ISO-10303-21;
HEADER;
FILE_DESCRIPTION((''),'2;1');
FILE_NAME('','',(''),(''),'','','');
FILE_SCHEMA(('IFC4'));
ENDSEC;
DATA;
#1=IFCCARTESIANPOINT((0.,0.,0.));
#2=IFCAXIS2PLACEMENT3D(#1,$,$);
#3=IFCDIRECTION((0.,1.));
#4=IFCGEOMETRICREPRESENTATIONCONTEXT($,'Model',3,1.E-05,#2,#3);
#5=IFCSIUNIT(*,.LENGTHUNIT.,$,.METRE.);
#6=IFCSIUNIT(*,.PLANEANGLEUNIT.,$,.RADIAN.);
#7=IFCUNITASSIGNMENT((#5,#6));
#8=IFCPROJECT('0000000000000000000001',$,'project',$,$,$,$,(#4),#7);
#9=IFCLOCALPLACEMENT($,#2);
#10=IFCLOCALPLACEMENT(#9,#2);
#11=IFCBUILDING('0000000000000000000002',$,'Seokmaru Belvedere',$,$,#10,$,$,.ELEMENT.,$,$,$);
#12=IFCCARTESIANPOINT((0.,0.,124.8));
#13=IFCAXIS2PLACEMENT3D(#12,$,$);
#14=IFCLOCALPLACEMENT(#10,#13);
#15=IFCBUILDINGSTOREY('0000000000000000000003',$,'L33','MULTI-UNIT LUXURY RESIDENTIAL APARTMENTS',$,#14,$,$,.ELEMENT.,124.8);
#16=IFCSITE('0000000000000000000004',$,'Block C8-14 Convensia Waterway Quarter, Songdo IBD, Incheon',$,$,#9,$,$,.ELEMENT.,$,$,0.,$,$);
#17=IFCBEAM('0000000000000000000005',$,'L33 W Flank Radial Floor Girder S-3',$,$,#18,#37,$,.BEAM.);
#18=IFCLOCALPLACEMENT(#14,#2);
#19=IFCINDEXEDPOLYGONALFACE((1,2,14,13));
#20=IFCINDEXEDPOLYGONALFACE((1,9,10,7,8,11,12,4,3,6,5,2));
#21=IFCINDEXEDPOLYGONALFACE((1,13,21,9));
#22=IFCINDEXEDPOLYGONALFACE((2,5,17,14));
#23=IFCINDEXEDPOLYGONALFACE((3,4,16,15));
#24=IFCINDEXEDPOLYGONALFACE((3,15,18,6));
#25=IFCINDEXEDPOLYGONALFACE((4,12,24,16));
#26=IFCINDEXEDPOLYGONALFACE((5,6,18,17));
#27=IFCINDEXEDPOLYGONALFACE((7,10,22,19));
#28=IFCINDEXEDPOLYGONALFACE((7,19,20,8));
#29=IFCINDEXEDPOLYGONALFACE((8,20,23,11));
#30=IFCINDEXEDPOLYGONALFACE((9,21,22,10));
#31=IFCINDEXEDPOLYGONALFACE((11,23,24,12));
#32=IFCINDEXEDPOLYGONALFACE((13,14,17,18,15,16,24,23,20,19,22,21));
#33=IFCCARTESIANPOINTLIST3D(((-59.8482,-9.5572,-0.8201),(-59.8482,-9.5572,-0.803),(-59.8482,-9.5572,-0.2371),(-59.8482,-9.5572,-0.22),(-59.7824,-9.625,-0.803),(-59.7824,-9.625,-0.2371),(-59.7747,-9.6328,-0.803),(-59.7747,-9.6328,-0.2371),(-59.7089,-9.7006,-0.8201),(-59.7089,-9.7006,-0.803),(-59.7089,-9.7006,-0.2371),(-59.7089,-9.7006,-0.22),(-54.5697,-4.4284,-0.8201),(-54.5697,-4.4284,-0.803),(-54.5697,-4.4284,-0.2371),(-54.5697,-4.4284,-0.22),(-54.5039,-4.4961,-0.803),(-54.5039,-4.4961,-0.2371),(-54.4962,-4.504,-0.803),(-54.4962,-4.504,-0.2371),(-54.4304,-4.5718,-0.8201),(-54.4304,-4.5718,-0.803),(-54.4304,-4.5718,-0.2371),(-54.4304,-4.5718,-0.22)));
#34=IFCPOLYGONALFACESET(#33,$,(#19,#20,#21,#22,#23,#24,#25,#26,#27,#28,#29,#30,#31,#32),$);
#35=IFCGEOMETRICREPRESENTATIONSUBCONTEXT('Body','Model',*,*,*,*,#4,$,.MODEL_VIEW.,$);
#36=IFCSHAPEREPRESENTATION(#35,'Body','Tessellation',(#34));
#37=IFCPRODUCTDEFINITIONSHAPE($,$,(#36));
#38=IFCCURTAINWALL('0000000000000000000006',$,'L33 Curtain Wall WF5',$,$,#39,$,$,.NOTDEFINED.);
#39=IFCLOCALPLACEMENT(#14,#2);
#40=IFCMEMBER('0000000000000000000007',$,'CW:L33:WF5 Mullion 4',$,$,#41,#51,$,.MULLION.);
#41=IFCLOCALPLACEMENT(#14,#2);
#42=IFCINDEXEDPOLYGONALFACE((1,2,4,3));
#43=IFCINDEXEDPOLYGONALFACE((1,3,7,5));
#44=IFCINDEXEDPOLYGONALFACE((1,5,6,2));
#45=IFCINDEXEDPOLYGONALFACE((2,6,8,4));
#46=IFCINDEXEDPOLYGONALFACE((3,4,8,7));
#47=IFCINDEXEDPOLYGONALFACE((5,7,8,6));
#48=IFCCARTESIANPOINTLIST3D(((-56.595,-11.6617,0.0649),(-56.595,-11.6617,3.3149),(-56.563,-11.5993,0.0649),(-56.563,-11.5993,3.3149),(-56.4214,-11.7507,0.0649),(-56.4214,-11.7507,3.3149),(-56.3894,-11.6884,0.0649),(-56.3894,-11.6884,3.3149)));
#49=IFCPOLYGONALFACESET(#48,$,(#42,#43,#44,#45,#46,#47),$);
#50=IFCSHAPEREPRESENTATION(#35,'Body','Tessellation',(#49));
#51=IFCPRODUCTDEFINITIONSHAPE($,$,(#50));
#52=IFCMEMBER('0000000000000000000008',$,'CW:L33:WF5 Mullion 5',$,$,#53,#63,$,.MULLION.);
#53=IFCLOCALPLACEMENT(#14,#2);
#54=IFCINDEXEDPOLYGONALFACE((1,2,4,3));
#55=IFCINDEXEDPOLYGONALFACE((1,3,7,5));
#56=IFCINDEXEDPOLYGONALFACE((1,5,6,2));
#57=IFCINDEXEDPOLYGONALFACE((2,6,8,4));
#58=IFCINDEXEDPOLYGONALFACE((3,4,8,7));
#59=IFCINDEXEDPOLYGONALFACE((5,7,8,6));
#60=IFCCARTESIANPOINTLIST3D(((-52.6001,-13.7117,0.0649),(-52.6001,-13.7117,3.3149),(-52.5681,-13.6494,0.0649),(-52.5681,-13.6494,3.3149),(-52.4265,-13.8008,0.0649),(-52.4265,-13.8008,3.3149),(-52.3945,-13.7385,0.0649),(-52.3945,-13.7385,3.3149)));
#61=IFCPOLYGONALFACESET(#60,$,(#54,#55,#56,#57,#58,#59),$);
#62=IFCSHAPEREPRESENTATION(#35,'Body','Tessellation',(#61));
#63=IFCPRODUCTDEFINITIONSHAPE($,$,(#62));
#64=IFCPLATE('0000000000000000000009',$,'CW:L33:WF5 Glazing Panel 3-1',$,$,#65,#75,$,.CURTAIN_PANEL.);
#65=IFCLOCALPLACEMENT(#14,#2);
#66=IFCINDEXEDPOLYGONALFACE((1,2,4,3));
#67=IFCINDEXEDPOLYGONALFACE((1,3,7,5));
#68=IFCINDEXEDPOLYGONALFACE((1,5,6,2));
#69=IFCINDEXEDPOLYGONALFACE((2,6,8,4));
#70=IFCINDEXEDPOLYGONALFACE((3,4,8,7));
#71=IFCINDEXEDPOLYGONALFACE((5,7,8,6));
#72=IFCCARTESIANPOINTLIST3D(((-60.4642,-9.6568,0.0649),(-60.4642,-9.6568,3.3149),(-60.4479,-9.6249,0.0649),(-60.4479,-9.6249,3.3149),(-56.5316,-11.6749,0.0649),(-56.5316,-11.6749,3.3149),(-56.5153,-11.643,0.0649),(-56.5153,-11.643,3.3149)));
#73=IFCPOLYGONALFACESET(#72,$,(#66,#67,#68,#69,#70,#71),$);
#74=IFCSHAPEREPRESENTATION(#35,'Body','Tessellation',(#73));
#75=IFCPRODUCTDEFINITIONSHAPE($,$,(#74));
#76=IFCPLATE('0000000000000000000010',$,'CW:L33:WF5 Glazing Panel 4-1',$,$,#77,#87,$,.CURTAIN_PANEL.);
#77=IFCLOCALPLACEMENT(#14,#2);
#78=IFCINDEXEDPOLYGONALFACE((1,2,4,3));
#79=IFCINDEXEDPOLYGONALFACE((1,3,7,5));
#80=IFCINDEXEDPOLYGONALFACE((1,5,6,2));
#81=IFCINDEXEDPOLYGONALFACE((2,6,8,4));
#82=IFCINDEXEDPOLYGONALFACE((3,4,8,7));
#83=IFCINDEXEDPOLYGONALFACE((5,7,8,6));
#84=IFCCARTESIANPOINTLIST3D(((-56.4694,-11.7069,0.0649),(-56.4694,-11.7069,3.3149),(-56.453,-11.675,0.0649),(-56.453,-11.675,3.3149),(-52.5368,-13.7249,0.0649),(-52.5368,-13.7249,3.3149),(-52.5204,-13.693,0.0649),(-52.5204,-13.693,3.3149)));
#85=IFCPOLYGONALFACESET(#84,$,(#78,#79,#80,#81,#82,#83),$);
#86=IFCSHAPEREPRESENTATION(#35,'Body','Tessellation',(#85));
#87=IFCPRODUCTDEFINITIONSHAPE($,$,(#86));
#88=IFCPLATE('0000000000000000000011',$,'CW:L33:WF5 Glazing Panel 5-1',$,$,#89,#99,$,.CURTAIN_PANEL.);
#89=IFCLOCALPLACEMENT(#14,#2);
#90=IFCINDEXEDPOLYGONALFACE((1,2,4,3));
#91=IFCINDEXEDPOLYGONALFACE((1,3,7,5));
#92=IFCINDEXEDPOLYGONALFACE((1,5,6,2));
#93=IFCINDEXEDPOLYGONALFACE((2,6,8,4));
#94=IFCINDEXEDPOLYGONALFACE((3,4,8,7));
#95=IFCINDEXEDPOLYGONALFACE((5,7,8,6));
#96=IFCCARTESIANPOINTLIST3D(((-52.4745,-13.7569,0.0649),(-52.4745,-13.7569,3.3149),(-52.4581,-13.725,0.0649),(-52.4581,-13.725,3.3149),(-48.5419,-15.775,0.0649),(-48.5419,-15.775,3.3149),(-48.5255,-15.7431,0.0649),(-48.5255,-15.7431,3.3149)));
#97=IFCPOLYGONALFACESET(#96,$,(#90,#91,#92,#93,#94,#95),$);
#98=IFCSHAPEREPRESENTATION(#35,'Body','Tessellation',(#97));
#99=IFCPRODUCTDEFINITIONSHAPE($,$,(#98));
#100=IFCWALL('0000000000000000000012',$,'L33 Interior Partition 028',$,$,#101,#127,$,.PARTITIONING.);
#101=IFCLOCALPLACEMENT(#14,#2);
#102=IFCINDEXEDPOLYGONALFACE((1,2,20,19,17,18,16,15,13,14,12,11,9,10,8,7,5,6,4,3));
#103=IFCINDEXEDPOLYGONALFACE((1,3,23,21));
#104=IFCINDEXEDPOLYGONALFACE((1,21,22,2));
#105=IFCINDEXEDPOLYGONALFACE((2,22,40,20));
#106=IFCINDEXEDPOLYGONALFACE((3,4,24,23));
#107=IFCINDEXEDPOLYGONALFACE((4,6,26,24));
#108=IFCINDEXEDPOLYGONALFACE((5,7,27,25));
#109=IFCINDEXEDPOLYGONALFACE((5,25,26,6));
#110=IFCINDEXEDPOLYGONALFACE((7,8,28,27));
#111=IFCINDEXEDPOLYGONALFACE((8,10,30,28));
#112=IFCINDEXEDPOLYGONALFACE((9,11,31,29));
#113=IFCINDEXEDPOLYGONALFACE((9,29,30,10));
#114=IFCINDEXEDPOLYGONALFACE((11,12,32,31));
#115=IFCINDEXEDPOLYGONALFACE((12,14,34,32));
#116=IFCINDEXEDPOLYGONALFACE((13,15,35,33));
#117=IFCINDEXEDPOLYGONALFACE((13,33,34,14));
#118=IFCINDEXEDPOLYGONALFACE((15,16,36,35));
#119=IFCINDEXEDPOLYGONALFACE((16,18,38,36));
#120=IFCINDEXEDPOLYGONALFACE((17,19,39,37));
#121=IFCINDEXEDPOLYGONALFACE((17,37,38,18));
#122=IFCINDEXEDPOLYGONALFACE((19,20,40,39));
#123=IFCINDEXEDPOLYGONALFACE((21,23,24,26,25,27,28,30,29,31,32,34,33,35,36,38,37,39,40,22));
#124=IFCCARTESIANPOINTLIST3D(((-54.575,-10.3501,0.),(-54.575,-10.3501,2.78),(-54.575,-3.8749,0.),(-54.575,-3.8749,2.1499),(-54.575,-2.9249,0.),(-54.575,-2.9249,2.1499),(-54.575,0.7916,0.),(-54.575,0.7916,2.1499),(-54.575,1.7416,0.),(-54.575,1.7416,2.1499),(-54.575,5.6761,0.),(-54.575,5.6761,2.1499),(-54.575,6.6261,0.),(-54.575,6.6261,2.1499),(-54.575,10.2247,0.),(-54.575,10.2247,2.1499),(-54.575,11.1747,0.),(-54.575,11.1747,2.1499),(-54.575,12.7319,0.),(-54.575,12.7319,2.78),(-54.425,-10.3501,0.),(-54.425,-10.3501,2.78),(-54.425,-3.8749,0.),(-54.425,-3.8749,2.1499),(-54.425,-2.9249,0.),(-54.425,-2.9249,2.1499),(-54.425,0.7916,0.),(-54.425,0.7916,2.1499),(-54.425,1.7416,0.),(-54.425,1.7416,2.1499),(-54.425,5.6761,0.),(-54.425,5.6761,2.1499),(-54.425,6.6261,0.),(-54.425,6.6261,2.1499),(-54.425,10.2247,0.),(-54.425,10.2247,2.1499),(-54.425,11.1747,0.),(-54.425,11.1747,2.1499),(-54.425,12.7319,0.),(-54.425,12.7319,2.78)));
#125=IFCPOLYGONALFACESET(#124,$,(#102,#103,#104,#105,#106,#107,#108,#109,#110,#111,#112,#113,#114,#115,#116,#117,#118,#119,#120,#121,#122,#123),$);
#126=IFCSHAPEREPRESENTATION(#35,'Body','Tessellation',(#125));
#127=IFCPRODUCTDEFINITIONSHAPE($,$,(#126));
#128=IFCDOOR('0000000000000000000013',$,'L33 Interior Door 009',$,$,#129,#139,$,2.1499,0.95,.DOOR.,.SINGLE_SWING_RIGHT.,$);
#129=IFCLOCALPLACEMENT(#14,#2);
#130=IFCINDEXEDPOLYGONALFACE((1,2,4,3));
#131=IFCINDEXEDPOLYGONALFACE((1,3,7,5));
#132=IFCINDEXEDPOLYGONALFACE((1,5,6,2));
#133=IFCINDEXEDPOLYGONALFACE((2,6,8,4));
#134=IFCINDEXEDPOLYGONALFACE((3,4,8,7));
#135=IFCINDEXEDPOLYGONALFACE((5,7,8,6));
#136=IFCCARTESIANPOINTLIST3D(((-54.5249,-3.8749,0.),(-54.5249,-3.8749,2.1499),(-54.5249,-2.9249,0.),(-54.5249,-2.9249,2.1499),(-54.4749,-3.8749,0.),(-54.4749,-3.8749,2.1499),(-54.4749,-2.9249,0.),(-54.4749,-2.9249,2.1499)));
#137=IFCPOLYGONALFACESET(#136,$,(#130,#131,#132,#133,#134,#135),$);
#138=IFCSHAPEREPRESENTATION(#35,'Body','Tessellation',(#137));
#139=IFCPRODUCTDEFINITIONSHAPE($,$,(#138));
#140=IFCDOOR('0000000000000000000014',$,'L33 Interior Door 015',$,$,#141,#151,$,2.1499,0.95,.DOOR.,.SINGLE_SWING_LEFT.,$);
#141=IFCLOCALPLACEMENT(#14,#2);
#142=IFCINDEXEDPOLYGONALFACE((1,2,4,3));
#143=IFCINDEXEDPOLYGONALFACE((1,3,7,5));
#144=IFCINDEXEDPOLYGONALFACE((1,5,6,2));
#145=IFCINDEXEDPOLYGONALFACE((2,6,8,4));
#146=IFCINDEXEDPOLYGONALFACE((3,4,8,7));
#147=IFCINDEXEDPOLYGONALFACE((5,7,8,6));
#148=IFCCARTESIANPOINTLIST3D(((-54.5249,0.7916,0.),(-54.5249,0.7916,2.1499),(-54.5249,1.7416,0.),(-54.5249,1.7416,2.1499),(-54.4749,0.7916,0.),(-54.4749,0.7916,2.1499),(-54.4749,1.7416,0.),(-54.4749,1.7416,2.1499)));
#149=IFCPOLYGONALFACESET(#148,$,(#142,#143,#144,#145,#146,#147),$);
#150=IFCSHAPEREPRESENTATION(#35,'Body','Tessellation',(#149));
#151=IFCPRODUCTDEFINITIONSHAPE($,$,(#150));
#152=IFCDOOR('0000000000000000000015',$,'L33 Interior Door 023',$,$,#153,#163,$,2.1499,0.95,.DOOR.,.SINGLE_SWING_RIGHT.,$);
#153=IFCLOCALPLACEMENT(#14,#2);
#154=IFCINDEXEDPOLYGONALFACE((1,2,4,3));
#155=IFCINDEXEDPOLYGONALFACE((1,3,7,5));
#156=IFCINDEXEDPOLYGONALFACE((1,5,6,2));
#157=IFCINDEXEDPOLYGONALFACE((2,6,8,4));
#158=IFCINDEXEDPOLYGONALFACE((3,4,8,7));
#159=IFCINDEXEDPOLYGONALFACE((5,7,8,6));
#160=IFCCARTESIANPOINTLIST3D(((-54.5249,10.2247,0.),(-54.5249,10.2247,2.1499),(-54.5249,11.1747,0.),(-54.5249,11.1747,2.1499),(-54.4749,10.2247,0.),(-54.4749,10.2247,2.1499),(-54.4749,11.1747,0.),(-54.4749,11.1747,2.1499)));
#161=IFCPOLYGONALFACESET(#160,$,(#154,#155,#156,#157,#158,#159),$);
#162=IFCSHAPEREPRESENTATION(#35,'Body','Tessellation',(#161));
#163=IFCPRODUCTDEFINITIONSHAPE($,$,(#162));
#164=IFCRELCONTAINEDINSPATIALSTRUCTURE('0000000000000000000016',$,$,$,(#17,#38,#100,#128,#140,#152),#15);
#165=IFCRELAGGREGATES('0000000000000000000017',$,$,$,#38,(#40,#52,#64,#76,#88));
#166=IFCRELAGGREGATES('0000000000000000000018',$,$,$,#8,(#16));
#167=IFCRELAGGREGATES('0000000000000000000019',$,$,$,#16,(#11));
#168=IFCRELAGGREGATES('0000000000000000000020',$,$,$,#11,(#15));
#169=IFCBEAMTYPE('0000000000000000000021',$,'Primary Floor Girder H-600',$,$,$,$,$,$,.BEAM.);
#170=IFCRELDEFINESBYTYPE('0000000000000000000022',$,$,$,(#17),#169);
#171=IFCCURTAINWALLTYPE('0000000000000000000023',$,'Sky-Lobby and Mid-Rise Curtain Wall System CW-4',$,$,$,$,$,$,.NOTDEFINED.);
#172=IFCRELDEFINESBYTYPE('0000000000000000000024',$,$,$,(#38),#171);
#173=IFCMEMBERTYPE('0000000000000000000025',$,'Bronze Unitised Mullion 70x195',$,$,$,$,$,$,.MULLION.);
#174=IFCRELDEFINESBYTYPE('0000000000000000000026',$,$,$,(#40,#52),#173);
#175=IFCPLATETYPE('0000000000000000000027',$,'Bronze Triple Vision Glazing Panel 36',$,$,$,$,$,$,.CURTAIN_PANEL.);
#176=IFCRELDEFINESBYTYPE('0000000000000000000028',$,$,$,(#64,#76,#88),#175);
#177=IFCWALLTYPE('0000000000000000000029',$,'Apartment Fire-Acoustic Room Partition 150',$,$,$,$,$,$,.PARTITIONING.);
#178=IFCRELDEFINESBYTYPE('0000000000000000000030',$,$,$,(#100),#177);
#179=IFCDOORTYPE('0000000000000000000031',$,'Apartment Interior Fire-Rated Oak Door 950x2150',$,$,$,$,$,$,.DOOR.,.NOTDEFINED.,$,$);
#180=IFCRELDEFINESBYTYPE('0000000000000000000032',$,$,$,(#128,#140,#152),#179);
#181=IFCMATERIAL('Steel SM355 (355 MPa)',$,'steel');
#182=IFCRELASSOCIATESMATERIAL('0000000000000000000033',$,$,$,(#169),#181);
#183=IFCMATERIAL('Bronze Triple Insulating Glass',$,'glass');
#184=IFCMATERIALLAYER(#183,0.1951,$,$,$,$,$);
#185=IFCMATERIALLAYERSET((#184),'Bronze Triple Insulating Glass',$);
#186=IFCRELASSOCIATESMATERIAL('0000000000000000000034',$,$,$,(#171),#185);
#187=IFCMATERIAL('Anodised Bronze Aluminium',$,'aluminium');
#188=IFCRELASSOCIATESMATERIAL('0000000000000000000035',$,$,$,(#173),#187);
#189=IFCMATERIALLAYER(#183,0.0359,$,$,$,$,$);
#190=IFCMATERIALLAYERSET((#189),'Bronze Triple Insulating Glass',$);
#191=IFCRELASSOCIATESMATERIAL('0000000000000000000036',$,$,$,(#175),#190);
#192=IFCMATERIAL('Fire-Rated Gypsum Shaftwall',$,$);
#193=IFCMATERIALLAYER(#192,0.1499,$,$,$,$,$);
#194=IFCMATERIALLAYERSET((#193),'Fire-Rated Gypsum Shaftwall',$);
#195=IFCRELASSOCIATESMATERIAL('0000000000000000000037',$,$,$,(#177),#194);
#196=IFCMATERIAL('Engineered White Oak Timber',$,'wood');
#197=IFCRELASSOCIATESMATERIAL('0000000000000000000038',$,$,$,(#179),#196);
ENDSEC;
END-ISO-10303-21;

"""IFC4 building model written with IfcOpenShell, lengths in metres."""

from ifc_helpers import new_model, si_unit, direction, frame, frame_2d, origin, origin_2d, place, context, subcontext, project, spatial, rectangle, i_section, extrude, source, transform, mapped, material, layer, layer_set, material_profile, profile_set, type_object, type_shapes, element, fill, aggregate, save


model = new_model("IFC4")

# Units and contexts
model_context = context("Model", 3, precision=1e-05, world=origin(), true_north=direction((0.0, 1.0)))
body_context = subcontext(model_context, "Body", "Model", "MODEL_VIEW")
ifc_project = project(units=[si_unit("LENGTHUNIT", "METRE"), si_unit("PLANEANGLEUNIT", "RADIAN")], contexts=[model_context])

# Site, building, storey
site_placement = place(None, origin())
site = spatial("IfcSite", under=ifc_project, at=site_placement, Name="Block C8-14 Convensia Waterway Quarter, Songdo IBD, Incheon", CompositionType="ELEMENT", RefElevation=0.0)
building_placement = place(site_placement, origin())
building = spatial("IfcBuilding", under=site, at=building_placement, Name="Seokmaru Belvedere", CompositionType="ELEMENT")
storey_placement = place(building_placement, frame((0.0, 0.0, 124.8)))
storey = spatial("IfcBuildingStorey", under=building, at=storey_placement, Name="L33", Description="MULTI-UNIT LUXURY RESIDENTIAL APARTMENTS", CompositionType="ELEMENT", Elevation=124.8)

# Shared definitions
ifc_material_1 = material(Name="Steel SM355 (355 MPa)", Category="steel")

# Beam
ifc_material_profile_1 = material_profile(ifc_material_1, i_section(OverallWidth=0.2, OverallDepth=0.6001, WebThickness=0.011, FlangeThickness=0.0171, at=origin_2d()), Name="H-600x200x11x17")
ifc_profile_set_1 = profile_set([ifc_material_profile_1], Name="Steel SM355 (355 MPa)")
beam_type_1 = type_object("IfcBeamType", Name="Primary Floor Girder H-600", PredefinedType="BEAM", material=ifc_profile_set_1)
shared_shape_1 = source(origin(), body_context, "Body", "SweptSolid", [
    extrude(i_section(OverallWidth=0.2, OverallDepth=0.6001, WebThickness=0.011, FlangeThickness=0.0171, at=origin_2d()), origin(), (0.0, 0.0, 1.0), 7.3599),
])
beam_1_placement = place(storey_placement, frame((-59.7786, -9.6289, -0.52), z_axis=(0.717201, 0.696867, 0.0), x_axis=(-0.696867, 0.717201, 0.0)))
element("IfcBeam", 1, at=beam_1_placement, inside=storey, type_object=beam_type_1, Name="L33 W Flank Radial Floor Girder S-3", PredefinedType="BEAM", context=body_context, shape_type="MappedRepresentation", body=[
    mapped(shared_shape_1, transform((0.0, 0.0, 0.0), scale=1.0)),
])

# Curtain wall, members, plates
ifc_material_2 = material(Name="Bronze Triple Insulating Glass", Category="glass")
ifc_layer_1 = layer(ifc_material_2, 0.1951)
ifc_layer_set_1 = layer_set([ifc_layer_1], Name="Bronze Triple Insulating Glass")
curtain_wall_type = type_object("IfcCurtainWallType", Name="Sky-Lobby and Mid-Rise Curtain Wall System CW-4", PredefinedType="NOTDEFINED", material=ifc_layer_set_1)
curtain_wall_placement = place(storey_placement, origin())
curtain_wall = element("IfcCurtainWall", 2, at=curtain_wall_placement, inside=storey, type_object=curtain_wall_type, Name="L33 Curtain Wall WF5", PredefinedType="NOTDEFINED")
ifc_material_3 = material(Name="Anodised Bronze Aluminium", Category="aluminium")
ifc_material_profile_2 = material_profile(ifc_material_3, rectangle(XDim=0.0701, YDim=0.1951, at=origin_2d()), Name="CW-M-70x195")
ifc_profile_set_2 = profile_set([ifc_material_profile_2], Name="Anodised Bronze Aluminium")
member_type = type_object("IfcMemberType", Name="Bronze Unitised Mullion 70x195", PredefinedType="MULLION", material=ifc_profile_set_2)
shared_shape_2 = source(origin(), body_context, "Body", "SweptSolid", [
    extrude(rectangle(XDim=0.0701, YDim=0.1951, at=origin_2d()), origin(), (0.0, 0.0, 1.0), 3.25),
])
type_shapes(member_type, [shared_shape_2])
member_1_placement = place(storey_placement, frame((-56.4922, -11.675, 0.0649), z_axis=(0.0, 0.0, 1.0), x_axis=(0.456555, 0.889695, 0.0)))
member_1 = element("IfcMember", 3, at=member_1_placement, type_object=member_type, Name="CW:L33:WF5 Mullion 4", PredefinedType="MULLION", context=body_context, shape_type="MappedRepresentation", body=[
    mapped(shared_shape_2, transform((0.0, 0.0, 0.0), scale=1.0)),
])
member_2_placement = place(storey_placement, frame((-52.4973, -13.7251, 0.0649), z_axis=(0.0, 0.0, 1.0), x_axis=(0.456555, 0.889695, 0.0)))
member_2 = element("IfcMember", 4, at=member_2_placement, type_object=member_type, Name="CW:L33:WF5 Mullion 5", PredefinedType="MULLION", context=body_context, shape_type="MappedRepresentation", body=[
    mapped(shared_shape_2, transform((0.0, 0.0, 0.0), scale=1.0)),
])
ifc_layer_2 = layer(ifc_material_2, 0.0359)
ifc_layer_set_2 = layer_set([ifc_layer_2], Name="Bronze Triple Insulating Glass")
plate_type = type_object("IfcPlateType", Name="Bronze Triple Vision Glazing Panel 36", PredefinedType="CURTAIN_PANEL", material=ifc_layer_set_2)
shared_shape_3 = source(origin(), body_context, "Body", "SweptSolid", [
    extrude(rectangle(XDim=4.4202, YDim=0.0359, at=origin_2d()), origin(), (0.0, 0.0, 1.0), 3.25),
])
type_shapes(plate_type, [shared_shape_3])
plate_1_placement = place(storey_placement, frame((-58.4897, -10.6499, 0.0649), z_axis=(0.0, 0.0, 1.0), x_axis=(0.889695, -0.456555, 0.0)))
plate_1 = element("IfcPlate", 5, at=plate_1_placement, type_object=plate_type, Name="CW:L33:WF5 Glazing Panel 3-1", PredefinedType="CURTAIN_PANEL", context=body_context, shape_type="MappedRepresentation", body=[
    mapped(shared_shape_3, transform((0.0, 0.0, 0.0), scale=1.0)),
])
plate_2_placement = place(storey_placement, frame((-54.4949, -12.7, 0.0649), z_axis=(0.0, 0.0, 1.0), x_axis=(0.889695, -0.456555, 0.0)))
plate_2 = element("IfcPlate", 6, at=plate_2_placement, type_object=plate_type, Name="CW:L33:WF5 Glazing Panel 4-1", PredefinedType="CURTAIN_PANEL", context=body_context, shape_type="MappedRepresentation", body=[
    mapped(shared_shape_3, transform((0.0, 0.0, 0.0), scale=1.0)),
])
plate_3_placement = place(storey_placement, frame((-50.5, -14.75, 0.0649), z_axis=(0.0, 0.0, 1.0), x_axis=(0.889695, -0.456555, 0.0)))
plate_3 = element("IfcPlate", 7, at=plate_3_placement, type_object=plate_type, Name="CW:L33:WF5 Glazing Panel 5-1", PredefinedType="CURTAIN_PANEL", context=body_context, shape_type="MappedRepresentation", body=[
    mapped(shared_shape_3, transform((0.0, 0.0, 0.0), scale=1.0)),
])
aggregate(curtain_wall, [member_1, member_2, plate_1, plate_2, plate_3])

# Wall, openings, doors
ifc_material_4 = material(Name="Fire-Rated Gypsum Shaftwall")
ifc_layer_3 = layer(ifc_material_4, 0.1499)
ifc_layer_set_3 = layer_set([ifc_layer_3], Name="Fire-Rated Gypsum Shaftwall")
wall_type_1 = type_object("IfcWallType", Name="Apartment Fire-Acoustic Room Partition 150", PredefinedType="PARTITIONING", material=ifc_layer_set_3)
wall_1_placement = place(storey_placement, frame((-54.5, -10.3501, 0.0), z_axis=(0.0, 0.0, 1.0), x_axis=(0.0, 1.0, 0.0)))
wall_1 = element("IfcWall", 8, at=wall_1_placement, inside=storey, type_object=wall_type_1, Name="L33 Interior Partition 028", PredefinedType="PARTITIONING", context=body_context, shape_type="SweptSolid", body=[
    extrude(rectangle(XDim=23.082, YDim=0.1499, at=frame_2d((11.541, 0.0))), origin(), (0.0, 0.0, 1.0), 2.78),
])
opening_1_placement = place(wall_1_placement, frame((6.4751, 0.0, 0.0)))
opening_1 = element("IfcOpeningElement", 9, at=opening_1_placement, cuts=wall_1, PredefinedType="OPENING", context=body_context, shape_type="SweptSolid", body=[
    extrude(rectangle(XDim=0.95, YDim=2.1499, at=frame_2d((0.4751, 1.075))), frame((0.0, 0.085, 0.0), z_axis=(0.0, -1.0, 0.0), x_axis=(1.0, 0.0, 0.0)), (0.0, 0.0, 1.0), 0.1699),
])
opening_2_placement = place(wall_1_placement, frame((11.1416, 0.0, 0.0)))
opening_2 = element("IfcOpeningElement", 10, at=opening_2_placement, cuts=wall_1, PredefinedType="OPENING", context=body_context, shape_type="SweptSolid", body=[
    extrude(rectangle(XDim=0.95, YDim=2.1499, at=frame_2d((0.4751, 1.075))), frame((0.0, 0.085, 0.0), z_axis=(0.0, -1.0, 0.0), x_axis=(1.0, 0.0, 0.0)), (0.0, 0.0, 1.0), 0.1699),
])
opening_3_placement = place(wall_1_placement, frame((20.5747, 0.0, 0.0)))
opening_3 = element("IfcOpeningElement", 11, at=opening_3_placement, cuts=wall_1, PredefinedType="OPENING", context=body_context, shape_type="SweptSolid", body=[
    extrude(rectangle(XDim=0.95, YDim=2.1499, at=frame_2d((0.4751, 1.075))), frame((0.0, 0.085, 0.0), z_axis=(0.0, -1.0, 0.0), x_axis=(1.0, 0.0, 0.0)), (0.0, 0.0, 1.0), 0.1699),
])
opening_4_placement = place(wall_1_placement, frame((16.0261, 0.0, 0.0)))
element("IfcOpeningElement", 12, at=opening_4_placement, cuts=wall_1, PredefinedType="OPENING", context=body_context, shape_type="SweptSolid", body=[
    extrude(rectangle(XDim=0.95, YDim=2.1499, at=frame_2d((0.4751, 1.075))), frame((0.0, 0.085, 0.0), z_axis=(0.0, -1.0, 0.0), x_axis=(1.0, 0.0, 0.0)), (0.0, 0.0, 1.0), 0.1699),
])
ifc_material_5 = material(Name="Engineered White Oak Timber", Category="wood")
door_type = type_object("IfcDoorType", Name="Apartment Interior Fire-Rated Oak Door 950x2150", OperationType="NOTDEFINED", PredefinedType="DOOR", material=ifc_material_5)
shared_shape_4 = source(origin(), body_context, "Body", "SweptSolid", [
    extrude(rectangle(XDim=0.95, YDim=2.1499, at=frame_2d((0.4751, 1.075))), frame((0.0, 0.0249, 0.0), z_axis=(0.0, -1.0, 0.0), x_axis=(1.0, 0.0, 0.0)), (0.0, 0.0, 1.0), 0.05),
])
type_shapes(door_type, [shared_shape_4])
door_1_placement = place(opening_1_placement, origin())
door_1 = element("IfcDoor", 13, at=door_1_placement, inside=storey, type_object=door_type, Name="L33 Interior Door 009", OperationType="SINGLE_SWING_RIGHT", OverallHeight=2.1499, OverallWidth=0.95, PredefinedType="DOOR", context=body_context, shape_type="MappedRepresentation", body=[
    mapped(shared_shape_4, transform((0.0, 0.0, 0.0), scale=1.0)),
])
fill(opening_1, door_1)
door_2_placement = place(opening_2_placement, origin())
door_2 = element("IfcDoor", 14, at=door_2_placement, inside=storey, type_object=door_type, Name="L33 Interior Door 015", OperationType="SINGLE_SWING_LEFT", OverallHeight=2.1499, OverallWidth=0.95, PredefinedType="DOOR", context=body_context, shape_type="MappedRepresentation", body=[
    mapped(shared_shape_4, transform((0.0, 0.0, 0.0), scale=1.0)),
])
fill(opening_2, door_2)
door_3_placement = place(opening_3_placement, origin())
door_3 = element("IfcDoor", 15, at=door_3_placement, inside=storey, type_object=door_type, Name="L33 Interior Door 023", OperationType="SINGLE_SWING_RIGHT", OverallHeight=2.1499, OverallWidth=0.95, PredefinedType="DOOR", context=body_context, shape_type="MappedRepresentation", body=[
    mapped(shared_shape_4, transform((0.0, 0.0, 0.0), scale=1.0)),
])
fill(opening_3, door_3)

save(model, "model.ifc")
